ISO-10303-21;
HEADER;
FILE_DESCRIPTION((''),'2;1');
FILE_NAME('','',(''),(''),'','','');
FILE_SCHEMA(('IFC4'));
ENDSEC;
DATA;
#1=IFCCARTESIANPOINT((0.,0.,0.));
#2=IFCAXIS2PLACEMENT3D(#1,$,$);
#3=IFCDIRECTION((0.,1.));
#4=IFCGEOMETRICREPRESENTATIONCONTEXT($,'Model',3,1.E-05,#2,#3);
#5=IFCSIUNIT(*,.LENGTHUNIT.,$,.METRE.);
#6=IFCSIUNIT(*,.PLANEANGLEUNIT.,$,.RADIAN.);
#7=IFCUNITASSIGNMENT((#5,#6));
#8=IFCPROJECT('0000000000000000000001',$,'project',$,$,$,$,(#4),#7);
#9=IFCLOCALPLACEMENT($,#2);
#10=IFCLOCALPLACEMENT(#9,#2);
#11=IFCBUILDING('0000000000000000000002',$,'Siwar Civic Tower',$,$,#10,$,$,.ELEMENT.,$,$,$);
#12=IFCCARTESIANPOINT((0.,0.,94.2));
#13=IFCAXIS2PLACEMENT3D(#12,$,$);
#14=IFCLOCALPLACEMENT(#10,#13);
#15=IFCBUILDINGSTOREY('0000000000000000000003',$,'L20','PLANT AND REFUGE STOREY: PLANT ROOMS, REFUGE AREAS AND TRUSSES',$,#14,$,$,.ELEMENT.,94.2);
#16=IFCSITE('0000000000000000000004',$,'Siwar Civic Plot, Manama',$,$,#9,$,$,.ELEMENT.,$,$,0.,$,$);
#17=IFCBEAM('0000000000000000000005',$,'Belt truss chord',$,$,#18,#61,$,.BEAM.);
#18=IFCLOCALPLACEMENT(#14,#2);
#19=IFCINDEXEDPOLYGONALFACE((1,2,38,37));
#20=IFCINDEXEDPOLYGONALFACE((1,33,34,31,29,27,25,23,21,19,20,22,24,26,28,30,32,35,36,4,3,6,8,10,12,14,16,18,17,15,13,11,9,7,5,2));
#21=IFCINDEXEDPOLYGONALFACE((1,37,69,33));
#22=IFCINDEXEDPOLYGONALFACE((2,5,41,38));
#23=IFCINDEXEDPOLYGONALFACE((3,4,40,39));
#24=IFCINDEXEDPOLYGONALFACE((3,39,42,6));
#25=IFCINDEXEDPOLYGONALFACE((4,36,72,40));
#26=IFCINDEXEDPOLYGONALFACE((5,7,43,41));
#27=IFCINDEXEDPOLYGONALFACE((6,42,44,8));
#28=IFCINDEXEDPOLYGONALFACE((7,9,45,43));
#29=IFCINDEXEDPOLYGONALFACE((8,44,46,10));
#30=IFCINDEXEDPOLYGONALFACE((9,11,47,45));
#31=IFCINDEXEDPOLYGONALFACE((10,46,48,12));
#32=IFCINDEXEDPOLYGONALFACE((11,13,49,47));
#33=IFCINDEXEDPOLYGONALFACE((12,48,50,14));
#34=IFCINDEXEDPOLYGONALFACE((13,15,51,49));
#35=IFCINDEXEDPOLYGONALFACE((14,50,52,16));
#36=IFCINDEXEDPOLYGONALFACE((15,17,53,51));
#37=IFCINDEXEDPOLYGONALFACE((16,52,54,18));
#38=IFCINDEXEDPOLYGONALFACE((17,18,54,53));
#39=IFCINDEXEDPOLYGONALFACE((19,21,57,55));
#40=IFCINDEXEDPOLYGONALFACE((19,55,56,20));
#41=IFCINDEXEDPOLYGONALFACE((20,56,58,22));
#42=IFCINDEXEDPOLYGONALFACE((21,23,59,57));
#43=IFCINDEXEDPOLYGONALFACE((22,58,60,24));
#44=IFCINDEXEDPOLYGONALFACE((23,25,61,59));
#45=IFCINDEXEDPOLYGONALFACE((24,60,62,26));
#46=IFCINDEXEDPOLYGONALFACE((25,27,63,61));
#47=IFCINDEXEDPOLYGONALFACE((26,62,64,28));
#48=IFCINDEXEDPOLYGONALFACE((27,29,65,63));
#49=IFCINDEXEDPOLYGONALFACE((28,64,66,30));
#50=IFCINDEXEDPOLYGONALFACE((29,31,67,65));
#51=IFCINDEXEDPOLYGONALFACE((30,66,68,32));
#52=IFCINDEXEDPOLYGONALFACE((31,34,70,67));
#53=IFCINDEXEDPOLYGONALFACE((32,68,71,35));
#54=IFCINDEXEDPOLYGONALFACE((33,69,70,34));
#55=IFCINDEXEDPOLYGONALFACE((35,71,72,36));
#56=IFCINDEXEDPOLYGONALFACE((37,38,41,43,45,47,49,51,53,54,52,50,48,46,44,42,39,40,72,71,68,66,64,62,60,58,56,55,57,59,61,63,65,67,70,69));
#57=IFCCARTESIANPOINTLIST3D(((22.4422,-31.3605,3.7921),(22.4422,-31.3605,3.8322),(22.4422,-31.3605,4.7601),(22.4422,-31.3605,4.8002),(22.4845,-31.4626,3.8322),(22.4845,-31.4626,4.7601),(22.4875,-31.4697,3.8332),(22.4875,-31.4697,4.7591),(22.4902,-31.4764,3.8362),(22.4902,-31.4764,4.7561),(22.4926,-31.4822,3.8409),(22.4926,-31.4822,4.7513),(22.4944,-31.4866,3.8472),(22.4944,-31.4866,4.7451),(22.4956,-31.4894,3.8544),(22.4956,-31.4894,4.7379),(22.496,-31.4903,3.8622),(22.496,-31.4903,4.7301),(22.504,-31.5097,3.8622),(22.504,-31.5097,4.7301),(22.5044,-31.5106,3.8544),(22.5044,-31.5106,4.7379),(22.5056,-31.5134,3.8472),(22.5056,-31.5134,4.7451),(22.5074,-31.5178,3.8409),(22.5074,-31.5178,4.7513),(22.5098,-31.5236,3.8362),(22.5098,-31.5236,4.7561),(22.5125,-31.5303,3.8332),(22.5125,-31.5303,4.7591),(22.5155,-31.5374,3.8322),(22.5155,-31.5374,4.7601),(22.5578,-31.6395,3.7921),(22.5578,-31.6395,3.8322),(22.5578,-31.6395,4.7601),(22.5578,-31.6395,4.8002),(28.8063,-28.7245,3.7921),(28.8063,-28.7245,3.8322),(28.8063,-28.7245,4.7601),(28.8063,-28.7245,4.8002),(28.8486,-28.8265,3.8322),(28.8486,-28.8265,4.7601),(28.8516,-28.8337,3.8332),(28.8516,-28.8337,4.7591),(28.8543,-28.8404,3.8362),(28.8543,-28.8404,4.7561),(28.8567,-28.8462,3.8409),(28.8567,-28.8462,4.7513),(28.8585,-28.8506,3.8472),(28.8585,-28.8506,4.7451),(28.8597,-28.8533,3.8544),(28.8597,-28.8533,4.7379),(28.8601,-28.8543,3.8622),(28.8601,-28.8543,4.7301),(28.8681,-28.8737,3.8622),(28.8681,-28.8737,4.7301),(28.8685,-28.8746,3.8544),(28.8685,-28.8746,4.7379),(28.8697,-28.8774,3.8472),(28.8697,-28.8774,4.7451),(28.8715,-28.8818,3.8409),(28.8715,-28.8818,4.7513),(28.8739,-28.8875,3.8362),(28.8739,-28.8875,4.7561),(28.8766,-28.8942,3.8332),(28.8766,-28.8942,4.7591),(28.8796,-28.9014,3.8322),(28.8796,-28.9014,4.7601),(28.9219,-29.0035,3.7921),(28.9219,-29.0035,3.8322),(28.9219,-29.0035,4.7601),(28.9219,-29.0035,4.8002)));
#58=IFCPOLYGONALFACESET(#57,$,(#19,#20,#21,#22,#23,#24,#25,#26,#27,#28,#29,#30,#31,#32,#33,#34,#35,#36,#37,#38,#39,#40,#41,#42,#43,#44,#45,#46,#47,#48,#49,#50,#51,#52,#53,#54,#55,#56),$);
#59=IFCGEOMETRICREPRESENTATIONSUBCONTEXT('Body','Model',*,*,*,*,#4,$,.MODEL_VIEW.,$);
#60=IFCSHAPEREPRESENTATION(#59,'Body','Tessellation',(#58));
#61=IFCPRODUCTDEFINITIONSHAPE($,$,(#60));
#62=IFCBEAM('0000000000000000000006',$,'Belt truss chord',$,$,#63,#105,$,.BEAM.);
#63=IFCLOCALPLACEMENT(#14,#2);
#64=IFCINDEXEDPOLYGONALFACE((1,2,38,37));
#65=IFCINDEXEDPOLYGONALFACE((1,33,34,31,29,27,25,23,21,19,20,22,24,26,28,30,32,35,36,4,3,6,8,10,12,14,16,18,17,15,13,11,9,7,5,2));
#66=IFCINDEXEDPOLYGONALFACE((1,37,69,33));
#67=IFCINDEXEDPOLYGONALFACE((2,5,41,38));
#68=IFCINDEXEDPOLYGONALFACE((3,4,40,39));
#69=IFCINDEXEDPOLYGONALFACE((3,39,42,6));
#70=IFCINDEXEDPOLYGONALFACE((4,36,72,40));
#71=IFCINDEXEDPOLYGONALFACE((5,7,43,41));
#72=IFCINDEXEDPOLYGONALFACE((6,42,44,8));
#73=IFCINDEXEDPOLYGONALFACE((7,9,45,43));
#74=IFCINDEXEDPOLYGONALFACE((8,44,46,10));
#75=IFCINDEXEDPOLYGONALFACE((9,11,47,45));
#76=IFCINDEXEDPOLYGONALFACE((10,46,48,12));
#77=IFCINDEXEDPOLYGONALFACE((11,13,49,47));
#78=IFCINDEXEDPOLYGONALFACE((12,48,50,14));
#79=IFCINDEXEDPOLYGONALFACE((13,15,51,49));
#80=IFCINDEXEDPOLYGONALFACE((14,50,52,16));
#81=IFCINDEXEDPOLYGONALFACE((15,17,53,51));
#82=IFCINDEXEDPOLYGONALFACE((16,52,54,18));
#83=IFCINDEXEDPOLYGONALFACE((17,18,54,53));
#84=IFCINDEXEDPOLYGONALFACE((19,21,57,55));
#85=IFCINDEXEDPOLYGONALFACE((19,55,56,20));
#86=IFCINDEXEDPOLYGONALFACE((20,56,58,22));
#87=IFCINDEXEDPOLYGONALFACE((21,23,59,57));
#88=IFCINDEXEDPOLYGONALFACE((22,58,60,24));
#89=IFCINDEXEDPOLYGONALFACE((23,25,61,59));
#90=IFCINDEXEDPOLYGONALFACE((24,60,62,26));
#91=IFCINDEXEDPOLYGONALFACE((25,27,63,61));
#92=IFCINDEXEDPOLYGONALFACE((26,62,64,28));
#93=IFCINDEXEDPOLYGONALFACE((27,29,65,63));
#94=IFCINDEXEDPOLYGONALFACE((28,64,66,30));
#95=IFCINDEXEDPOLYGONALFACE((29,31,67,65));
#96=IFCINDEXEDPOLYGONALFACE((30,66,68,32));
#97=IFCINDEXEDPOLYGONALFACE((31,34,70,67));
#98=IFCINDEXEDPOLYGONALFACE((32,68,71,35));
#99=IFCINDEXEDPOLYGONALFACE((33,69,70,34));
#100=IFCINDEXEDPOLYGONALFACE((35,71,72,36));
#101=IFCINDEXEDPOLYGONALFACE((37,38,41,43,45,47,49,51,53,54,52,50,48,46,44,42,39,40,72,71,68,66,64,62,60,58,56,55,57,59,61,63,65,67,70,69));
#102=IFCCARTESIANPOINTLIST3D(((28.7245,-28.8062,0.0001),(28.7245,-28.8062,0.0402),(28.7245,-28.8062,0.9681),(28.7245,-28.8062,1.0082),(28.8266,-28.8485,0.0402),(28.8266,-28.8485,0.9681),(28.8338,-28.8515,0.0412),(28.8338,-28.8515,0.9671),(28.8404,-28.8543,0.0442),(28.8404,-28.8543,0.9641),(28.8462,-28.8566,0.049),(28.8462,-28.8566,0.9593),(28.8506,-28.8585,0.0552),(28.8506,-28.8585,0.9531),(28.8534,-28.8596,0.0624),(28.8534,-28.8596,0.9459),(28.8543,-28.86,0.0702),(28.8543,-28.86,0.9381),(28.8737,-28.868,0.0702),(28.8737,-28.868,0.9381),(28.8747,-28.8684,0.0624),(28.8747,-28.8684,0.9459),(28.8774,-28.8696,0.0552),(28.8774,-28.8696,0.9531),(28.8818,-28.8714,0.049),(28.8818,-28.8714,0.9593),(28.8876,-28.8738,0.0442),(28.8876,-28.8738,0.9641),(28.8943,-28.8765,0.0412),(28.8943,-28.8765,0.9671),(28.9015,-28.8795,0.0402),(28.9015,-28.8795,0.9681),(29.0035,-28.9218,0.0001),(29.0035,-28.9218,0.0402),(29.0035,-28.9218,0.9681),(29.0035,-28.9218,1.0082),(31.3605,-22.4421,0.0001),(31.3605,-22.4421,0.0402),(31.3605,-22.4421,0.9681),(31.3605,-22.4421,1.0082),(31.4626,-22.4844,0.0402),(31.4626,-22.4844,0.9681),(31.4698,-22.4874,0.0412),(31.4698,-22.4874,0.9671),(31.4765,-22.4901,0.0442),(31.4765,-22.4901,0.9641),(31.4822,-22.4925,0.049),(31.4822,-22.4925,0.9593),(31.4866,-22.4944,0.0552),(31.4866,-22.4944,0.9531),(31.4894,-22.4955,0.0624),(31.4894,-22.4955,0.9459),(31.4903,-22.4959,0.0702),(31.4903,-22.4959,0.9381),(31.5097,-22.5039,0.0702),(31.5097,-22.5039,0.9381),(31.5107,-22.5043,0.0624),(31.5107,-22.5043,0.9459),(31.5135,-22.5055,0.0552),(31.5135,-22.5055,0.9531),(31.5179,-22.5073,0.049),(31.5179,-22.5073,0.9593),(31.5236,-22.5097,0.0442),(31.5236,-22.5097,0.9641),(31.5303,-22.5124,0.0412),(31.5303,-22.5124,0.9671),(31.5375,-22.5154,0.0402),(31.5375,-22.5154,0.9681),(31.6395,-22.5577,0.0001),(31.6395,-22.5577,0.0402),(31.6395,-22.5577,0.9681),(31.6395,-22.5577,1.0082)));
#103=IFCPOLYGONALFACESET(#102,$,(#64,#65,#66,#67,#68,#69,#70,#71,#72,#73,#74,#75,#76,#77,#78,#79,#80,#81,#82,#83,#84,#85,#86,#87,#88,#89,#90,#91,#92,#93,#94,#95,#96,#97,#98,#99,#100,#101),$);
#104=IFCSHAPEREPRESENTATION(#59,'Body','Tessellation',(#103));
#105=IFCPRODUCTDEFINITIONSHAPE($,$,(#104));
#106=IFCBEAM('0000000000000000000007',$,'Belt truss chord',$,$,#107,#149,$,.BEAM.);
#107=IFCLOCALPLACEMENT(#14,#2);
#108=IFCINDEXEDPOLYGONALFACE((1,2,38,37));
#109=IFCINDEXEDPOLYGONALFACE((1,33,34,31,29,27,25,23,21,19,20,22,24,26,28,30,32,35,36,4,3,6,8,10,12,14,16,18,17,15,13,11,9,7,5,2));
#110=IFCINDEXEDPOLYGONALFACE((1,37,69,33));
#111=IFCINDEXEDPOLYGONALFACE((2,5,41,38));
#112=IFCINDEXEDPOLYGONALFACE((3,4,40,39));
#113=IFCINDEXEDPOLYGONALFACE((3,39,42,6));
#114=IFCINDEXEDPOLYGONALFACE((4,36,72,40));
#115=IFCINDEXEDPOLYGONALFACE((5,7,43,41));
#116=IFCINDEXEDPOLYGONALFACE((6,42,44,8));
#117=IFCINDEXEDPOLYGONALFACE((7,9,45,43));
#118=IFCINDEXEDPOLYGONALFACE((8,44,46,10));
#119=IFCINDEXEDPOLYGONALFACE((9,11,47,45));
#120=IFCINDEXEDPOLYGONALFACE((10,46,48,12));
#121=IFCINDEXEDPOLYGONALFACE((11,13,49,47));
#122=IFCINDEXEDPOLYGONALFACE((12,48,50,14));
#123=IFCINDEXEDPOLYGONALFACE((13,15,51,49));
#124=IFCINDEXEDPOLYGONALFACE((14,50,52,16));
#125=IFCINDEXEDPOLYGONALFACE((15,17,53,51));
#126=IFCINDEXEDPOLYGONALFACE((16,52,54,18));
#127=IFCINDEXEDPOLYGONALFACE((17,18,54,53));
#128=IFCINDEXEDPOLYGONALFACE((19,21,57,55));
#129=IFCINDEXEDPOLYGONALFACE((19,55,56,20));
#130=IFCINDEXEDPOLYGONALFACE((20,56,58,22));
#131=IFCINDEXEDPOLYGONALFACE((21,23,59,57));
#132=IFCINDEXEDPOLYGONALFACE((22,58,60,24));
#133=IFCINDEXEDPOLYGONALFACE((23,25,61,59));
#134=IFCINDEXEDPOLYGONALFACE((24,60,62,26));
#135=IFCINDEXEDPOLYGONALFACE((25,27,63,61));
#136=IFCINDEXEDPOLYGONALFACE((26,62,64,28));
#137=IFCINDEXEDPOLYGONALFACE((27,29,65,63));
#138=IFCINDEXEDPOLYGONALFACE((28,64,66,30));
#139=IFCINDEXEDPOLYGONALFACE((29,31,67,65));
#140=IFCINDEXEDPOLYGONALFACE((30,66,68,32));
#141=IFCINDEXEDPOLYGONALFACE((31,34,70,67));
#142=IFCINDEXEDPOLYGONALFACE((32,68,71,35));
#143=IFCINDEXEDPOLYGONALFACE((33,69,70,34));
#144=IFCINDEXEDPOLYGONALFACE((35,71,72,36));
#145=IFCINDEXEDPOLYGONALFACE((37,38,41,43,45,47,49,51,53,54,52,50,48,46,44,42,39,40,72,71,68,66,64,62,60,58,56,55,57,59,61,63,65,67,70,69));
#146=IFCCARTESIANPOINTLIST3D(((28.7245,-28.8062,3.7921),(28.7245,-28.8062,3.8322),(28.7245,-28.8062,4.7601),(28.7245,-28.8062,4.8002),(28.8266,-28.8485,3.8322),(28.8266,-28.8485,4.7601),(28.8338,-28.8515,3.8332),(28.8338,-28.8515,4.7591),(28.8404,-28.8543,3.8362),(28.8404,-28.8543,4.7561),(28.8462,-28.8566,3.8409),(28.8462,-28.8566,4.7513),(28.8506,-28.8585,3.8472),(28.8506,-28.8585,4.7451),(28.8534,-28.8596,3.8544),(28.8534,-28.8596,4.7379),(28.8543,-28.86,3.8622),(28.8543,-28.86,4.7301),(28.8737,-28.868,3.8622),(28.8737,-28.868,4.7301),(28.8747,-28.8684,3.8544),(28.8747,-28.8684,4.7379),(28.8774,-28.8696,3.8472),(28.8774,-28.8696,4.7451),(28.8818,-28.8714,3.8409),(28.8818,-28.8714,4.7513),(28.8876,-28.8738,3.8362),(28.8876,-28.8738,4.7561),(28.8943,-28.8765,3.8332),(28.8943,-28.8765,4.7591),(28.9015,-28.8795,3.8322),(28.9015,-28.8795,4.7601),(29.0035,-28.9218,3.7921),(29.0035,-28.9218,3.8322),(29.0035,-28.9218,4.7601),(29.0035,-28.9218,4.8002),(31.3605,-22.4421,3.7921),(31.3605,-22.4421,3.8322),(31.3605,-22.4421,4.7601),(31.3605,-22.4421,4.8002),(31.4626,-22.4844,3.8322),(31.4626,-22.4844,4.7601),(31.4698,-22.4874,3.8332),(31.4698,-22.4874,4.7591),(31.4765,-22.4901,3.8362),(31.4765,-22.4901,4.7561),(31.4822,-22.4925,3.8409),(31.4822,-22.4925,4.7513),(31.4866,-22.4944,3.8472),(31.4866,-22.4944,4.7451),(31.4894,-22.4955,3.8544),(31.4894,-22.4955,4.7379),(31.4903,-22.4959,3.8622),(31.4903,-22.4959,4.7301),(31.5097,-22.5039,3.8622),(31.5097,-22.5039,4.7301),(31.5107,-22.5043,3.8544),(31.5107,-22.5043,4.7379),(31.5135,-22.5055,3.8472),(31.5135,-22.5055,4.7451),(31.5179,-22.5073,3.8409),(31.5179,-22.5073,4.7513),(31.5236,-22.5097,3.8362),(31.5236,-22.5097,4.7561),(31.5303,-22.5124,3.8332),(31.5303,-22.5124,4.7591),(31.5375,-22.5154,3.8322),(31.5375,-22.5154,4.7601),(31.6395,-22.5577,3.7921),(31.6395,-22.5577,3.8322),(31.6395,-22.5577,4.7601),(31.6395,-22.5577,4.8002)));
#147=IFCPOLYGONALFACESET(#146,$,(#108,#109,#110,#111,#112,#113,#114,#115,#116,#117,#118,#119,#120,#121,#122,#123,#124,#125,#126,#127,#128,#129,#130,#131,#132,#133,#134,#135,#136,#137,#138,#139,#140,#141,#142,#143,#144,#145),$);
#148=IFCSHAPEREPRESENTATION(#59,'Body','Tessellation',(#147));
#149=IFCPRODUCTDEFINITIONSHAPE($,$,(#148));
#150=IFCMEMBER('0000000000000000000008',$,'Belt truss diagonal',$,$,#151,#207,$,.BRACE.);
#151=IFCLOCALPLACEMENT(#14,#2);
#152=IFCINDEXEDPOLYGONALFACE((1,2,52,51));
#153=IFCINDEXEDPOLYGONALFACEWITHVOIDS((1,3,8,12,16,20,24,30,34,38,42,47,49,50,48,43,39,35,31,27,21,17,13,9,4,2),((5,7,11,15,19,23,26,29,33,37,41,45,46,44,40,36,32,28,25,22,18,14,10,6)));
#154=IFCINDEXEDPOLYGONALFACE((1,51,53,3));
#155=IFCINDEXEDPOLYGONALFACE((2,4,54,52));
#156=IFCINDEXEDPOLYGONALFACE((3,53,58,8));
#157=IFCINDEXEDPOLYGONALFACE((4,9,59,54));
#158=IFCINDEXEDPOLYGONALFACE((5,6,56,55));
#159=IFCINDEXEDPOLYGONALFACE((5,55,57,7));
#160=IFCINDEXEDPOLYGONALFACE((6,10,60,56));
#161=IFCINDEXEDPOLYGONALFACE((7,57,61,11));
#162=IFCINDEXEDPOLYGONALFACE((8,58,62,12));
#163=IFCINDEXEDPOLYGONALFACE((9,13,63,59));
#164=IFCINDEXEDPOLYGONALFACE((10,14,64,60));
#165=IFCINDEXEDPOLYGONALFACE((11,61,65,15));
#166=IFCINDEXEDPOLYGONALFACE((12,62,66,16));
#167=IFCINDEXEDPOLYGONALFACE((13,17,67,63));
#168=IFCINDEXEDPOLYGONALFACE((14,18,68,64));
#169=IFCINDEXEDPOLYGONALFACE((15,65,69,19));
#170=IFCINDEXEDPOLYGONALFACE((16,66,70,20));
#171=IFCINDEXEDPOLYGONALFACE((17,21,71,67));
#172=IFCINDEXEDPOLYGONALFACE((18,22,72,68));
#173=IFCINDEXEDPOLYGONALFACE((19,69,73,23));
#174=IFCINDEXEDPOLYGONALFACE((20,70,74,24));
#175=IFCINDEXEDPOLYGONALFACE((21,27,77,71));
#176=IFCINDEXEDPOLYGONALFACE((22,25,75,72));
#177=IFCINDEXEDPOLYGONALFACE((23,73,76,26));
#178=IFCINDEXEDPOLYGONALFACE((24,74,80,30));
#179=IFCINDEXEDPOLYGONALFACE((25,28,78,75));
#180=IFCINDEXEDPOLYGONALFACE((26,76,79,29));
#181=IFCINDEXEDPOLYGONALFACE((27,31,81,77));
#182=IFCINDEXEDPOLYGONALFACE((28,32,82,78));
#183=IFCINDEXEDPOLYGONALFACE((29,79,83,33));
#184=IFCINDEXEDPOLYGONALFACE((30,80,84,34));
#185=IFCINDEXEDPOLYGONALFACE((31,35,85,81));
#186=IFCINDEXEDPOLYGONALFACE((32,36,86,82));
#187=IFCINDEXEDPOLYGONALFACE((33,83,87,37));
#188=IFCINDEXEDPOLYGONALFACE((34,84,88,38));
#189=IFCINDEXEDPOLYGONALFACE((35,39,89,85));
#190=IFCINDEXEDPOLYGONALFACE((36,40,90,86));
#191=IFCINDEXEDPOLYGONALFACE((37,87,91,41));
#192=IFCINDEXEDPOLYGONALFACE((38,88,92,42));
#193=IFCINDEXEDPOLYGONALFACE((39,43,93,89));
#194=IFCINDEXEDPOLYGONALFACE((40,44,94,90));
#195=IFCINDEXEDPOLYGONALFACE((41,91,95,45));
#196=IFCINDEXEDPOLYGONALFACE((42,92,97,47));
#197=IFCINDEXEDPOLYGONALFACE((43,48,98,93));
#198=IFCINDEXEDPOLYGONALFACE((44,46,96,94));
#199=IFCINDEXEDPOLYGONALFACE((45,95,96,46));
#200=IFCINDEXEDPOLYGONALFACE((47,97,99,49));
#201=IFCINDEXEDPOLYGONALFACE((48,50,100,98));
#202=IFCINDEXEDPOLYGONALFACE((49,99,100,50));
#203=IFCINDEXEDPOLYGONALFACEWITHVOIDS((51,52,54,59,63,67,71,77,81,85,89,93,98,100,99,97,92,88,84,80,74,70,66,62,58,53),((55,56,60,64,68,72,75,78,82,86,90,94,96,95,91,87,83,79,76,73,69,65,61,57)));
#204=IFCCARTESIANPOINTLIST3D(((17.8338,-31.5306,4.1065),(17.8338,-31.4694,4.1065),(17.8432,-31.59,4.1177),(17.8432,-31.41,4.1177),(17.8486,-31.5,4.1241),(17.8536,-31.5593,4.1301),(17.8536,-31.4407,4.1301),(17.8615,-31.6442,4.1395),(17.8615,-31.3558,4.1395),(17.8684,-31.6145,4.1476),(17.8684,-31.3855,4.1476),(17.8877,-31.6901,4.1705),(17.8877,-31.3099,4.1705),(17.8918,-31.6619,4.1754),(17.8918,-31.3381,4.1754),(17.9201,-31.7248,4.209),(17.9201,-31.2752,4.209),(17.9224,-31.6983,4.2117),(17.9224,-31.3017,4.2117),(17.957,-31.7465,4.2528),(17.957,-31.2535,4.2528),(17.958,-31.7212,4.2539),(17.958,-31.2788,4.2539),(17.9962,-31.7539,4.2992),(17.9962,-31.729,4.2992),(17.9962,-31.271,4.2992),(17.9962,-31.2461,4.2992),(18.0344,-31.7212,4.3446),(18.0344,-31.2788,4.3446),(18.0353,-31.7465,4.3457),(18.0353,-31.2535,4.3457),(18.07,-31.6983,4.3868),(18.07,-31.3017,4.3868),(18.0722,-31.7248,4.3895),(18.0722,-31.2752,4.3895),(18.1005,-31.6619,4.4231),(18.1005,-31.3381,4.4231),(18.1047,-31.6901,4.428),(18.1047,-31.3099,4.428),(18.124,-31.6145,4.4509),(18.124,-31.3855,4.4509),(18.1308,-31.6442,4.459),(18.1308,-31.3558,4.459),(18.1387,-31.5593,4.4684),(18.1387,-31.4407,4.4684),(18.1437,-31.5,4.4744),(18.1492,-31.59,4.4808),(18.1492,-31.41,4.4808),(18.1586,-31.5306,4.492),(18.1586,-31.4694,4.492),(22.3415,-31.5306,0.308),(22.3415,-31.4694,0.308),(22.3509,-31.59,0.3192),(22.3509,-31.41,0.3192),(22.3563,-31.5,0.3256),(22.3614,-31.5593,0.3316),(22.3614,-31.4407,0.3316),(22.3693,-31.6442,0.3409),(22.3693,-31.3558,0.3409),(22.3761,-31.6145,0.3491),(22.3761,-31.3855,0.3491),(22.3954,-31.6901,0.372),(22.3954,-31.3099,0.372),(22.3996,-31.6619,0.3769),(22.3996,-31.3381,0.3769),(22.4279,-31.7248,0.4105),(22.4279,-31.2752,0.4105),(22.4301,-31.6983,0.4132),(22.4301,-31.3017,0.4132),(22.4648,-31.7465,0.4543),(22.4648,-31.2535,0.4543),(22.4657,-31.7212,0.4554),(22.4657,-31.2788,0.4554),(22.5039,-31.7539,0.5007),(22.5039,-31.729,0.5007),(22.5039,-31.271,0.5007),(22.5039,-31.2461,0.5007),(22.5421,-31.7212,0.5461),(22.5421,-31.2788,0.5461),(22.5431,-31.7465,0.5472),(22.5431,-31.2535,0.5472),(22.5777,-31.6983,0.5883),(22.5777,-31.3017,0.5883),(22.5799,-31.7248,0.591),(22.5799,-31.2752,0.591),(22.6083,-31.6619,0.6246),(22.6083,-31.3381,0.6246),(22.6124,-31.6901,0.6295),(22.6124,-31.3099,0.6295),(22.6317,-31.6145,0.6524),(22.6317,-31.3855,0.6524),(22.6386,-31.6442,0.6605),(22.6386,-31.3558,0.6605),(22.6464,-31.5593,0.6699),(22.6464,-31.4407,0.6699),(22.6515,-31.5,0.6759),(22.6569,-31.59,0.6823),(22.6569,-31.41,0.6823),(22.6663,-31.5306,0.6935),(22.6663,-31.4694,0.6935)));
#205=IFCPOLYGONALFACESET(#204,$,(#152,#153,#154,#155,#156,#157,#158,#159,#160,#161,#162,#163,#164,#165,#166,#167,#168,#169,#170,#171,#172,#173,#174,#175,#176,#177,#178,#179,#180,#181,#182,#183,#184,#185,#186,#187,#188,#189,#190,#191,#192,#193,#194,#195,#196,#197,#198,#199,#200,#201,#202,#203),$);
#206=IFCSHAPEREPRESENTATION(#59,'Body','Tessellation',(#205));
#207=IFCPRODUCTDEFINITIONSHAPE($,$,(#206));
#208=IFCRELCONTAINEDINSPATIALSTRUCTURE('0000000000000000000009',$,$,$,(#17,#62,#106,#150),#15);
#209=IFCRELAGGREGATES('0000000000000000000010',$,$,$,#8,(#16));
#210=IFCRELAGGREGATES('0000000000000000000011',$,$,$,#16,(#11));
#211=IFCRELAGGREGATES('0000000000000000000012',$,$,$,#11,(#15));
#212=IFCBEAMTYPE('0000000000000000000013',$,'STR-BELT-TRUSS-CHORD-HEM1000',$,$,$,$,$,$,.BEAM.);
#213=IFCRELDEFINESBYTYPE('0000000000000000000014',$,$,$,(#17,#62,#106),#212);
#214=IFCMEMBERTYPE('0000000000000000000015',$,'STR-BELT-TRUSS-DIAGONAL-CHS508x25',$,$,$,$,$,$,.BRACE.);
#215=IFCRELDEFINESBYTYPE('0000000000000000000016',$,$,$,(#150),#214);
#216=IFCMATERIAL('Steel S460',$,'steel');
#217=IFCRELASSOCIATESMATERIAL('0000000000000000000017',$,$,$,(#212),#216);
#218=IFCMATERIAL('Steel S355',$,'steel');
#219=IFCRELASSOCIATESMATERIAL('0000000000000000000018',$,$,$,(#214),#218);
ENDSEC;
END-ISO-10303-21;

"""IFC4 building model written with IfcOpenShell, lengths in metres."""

from ifc_helpers import new_model, si_unit, direction, frame, origin, origin_2d, place, context, subcontext, project, spatial, hollow_circle, i_section, extrude, material, material_profile, profile_set, type_object, element, save


model = new_model("IFC4")

# Units and contexts
model_context = context("Model", 3, precision=1e-05, world=origin(), true_north=direction((0.0, 1.0)))
body_context = subcontext(model_context, "Body", "Model", "MODEL_VIEW")
ifc_project = project(units=[si_unit("LENGTHUNIT", "METRE"), si_unit("PLANEANGLEUNIT", "RADIAN")], contexts=[model_context])

# Site, building, storey
site_placement = place(None, origin())
site = spatial("IfcSite", under=ifc_project, at=site_placement, Name="Siwar Civic Plot, Manama", CompositionType="ELEMENT", RefElevation=0.0)
building_placement = place(site_placement, origin())
building = spatial("IfcBuilding", under=site, at=building_placement, Name="Siwar Civic Tower", CompositionType="ELEMENT")
storey_placement = place(building_placement, frame((0.0, 0.0, 94.2)))
storey = spatial("IfcBuildingStorey", under=building, at=storey_placement, Name="L20", Description="PLANT AND REFUGE STOREY: PLANT ROOMS, REFUGE AREAS AND TRUSSES", CompositionType="ELEMENT", Elevation=94.2)

# Beams
ifc_material_1 = material(Name="Steel S460", Category="steel")
ifc_material_profile_1 = material_profile(ifc_material_1, i_section(OverallWidth=0.302, OverallDepth=1.0081, WebThickness=0.021, FlangeThickness=0.04, FilletRadius=0.03, at=origin_2d()), Name="HEM1000")
ifc_profile_set_1 = profile_set([ifc_material_profile_1], Name="Steel S460")
beam_type = type_object("IfcBeamType", Name="STR-BELT-TRUSS-CHORD-HEM1000", PredefinedType="BEAM", material=ifc_profile_set_1)
for number, where, z_axis, x_axis, name in (
    (1, (22.5, -31.5, 4.2961), (0.923883, 0.382674, 0.0), (-0.382674, 0.923883, 0.0), "Belt truss chord"),
    (2, (28.864, -28.864, 0.5042), (0.382674, 0.923883, 0.0), (-0.923883, 0.382674, 0.0), "Belt truss chord"),
    (3, (28.864, -28.864, 4.2961), (0.382674, 0.923883, 0.0), (-0.923883, 0.382674, 0.0), "Belt truss chord"),
):
    element("IfcBeam", number, at=place(storey_placement, frame(where, z_axis=z_axis, x_axis=x_axis)), inside=storey, type_object=beam_type, Name=name, PredefinedType="BEAM", context=body_context, shape_type="SweptSolid", body=[
        extrude(i_section(OverallWidth=0.302, OverallDepth=1.0081, WebThickness=0.021, FlangeThickness=0.04, FilletRadius=0.03, at=origin_2d()), origin(), (0.0, 0.0, 1.0), 6.8884),
    ])

# Member
ifc_material_2 = material(Name="Steel S355", Category="steel")
ifc_material_profile_2 = material_profile(ifc_material_2, hollow_circle(Radius=0.2539, WallThickness=0.0249, at=origin_2d()), Name="CHS508x25")
ifc_profile_set_2 = profile_set([ifc_material_profile_2], Name="Steel S355")
member_type_1 = type_object("IfcMemberType", Name="STR-BELT-TRUSS-DIAGONAL-CHS508x25", PredefinedType="BRACE", material=ifc_profile_set_2)
member_1_placement = place(storey_placement, frame((22.5039, -31.5, 0.5007), z_axis=(-0.7647, 0.0, 0.644387), x_axis=(0.0, -1.0, 0.0)))
element("IfcMember", 4, at=member_1_placement, inside=storey, type_object=member_type_1, Name="Belt truss diagonal", PredefinedType="BRACE", context=body_context, shape_type="SweptSolid", body=[
    extrude(hollow_circle(Radius=0.2539, WallThickness=0.0249, at=origin_2d()), origin(), (0.0, 0.0, 1.0), 5.8948),
])

save(model, "model.ifc")
